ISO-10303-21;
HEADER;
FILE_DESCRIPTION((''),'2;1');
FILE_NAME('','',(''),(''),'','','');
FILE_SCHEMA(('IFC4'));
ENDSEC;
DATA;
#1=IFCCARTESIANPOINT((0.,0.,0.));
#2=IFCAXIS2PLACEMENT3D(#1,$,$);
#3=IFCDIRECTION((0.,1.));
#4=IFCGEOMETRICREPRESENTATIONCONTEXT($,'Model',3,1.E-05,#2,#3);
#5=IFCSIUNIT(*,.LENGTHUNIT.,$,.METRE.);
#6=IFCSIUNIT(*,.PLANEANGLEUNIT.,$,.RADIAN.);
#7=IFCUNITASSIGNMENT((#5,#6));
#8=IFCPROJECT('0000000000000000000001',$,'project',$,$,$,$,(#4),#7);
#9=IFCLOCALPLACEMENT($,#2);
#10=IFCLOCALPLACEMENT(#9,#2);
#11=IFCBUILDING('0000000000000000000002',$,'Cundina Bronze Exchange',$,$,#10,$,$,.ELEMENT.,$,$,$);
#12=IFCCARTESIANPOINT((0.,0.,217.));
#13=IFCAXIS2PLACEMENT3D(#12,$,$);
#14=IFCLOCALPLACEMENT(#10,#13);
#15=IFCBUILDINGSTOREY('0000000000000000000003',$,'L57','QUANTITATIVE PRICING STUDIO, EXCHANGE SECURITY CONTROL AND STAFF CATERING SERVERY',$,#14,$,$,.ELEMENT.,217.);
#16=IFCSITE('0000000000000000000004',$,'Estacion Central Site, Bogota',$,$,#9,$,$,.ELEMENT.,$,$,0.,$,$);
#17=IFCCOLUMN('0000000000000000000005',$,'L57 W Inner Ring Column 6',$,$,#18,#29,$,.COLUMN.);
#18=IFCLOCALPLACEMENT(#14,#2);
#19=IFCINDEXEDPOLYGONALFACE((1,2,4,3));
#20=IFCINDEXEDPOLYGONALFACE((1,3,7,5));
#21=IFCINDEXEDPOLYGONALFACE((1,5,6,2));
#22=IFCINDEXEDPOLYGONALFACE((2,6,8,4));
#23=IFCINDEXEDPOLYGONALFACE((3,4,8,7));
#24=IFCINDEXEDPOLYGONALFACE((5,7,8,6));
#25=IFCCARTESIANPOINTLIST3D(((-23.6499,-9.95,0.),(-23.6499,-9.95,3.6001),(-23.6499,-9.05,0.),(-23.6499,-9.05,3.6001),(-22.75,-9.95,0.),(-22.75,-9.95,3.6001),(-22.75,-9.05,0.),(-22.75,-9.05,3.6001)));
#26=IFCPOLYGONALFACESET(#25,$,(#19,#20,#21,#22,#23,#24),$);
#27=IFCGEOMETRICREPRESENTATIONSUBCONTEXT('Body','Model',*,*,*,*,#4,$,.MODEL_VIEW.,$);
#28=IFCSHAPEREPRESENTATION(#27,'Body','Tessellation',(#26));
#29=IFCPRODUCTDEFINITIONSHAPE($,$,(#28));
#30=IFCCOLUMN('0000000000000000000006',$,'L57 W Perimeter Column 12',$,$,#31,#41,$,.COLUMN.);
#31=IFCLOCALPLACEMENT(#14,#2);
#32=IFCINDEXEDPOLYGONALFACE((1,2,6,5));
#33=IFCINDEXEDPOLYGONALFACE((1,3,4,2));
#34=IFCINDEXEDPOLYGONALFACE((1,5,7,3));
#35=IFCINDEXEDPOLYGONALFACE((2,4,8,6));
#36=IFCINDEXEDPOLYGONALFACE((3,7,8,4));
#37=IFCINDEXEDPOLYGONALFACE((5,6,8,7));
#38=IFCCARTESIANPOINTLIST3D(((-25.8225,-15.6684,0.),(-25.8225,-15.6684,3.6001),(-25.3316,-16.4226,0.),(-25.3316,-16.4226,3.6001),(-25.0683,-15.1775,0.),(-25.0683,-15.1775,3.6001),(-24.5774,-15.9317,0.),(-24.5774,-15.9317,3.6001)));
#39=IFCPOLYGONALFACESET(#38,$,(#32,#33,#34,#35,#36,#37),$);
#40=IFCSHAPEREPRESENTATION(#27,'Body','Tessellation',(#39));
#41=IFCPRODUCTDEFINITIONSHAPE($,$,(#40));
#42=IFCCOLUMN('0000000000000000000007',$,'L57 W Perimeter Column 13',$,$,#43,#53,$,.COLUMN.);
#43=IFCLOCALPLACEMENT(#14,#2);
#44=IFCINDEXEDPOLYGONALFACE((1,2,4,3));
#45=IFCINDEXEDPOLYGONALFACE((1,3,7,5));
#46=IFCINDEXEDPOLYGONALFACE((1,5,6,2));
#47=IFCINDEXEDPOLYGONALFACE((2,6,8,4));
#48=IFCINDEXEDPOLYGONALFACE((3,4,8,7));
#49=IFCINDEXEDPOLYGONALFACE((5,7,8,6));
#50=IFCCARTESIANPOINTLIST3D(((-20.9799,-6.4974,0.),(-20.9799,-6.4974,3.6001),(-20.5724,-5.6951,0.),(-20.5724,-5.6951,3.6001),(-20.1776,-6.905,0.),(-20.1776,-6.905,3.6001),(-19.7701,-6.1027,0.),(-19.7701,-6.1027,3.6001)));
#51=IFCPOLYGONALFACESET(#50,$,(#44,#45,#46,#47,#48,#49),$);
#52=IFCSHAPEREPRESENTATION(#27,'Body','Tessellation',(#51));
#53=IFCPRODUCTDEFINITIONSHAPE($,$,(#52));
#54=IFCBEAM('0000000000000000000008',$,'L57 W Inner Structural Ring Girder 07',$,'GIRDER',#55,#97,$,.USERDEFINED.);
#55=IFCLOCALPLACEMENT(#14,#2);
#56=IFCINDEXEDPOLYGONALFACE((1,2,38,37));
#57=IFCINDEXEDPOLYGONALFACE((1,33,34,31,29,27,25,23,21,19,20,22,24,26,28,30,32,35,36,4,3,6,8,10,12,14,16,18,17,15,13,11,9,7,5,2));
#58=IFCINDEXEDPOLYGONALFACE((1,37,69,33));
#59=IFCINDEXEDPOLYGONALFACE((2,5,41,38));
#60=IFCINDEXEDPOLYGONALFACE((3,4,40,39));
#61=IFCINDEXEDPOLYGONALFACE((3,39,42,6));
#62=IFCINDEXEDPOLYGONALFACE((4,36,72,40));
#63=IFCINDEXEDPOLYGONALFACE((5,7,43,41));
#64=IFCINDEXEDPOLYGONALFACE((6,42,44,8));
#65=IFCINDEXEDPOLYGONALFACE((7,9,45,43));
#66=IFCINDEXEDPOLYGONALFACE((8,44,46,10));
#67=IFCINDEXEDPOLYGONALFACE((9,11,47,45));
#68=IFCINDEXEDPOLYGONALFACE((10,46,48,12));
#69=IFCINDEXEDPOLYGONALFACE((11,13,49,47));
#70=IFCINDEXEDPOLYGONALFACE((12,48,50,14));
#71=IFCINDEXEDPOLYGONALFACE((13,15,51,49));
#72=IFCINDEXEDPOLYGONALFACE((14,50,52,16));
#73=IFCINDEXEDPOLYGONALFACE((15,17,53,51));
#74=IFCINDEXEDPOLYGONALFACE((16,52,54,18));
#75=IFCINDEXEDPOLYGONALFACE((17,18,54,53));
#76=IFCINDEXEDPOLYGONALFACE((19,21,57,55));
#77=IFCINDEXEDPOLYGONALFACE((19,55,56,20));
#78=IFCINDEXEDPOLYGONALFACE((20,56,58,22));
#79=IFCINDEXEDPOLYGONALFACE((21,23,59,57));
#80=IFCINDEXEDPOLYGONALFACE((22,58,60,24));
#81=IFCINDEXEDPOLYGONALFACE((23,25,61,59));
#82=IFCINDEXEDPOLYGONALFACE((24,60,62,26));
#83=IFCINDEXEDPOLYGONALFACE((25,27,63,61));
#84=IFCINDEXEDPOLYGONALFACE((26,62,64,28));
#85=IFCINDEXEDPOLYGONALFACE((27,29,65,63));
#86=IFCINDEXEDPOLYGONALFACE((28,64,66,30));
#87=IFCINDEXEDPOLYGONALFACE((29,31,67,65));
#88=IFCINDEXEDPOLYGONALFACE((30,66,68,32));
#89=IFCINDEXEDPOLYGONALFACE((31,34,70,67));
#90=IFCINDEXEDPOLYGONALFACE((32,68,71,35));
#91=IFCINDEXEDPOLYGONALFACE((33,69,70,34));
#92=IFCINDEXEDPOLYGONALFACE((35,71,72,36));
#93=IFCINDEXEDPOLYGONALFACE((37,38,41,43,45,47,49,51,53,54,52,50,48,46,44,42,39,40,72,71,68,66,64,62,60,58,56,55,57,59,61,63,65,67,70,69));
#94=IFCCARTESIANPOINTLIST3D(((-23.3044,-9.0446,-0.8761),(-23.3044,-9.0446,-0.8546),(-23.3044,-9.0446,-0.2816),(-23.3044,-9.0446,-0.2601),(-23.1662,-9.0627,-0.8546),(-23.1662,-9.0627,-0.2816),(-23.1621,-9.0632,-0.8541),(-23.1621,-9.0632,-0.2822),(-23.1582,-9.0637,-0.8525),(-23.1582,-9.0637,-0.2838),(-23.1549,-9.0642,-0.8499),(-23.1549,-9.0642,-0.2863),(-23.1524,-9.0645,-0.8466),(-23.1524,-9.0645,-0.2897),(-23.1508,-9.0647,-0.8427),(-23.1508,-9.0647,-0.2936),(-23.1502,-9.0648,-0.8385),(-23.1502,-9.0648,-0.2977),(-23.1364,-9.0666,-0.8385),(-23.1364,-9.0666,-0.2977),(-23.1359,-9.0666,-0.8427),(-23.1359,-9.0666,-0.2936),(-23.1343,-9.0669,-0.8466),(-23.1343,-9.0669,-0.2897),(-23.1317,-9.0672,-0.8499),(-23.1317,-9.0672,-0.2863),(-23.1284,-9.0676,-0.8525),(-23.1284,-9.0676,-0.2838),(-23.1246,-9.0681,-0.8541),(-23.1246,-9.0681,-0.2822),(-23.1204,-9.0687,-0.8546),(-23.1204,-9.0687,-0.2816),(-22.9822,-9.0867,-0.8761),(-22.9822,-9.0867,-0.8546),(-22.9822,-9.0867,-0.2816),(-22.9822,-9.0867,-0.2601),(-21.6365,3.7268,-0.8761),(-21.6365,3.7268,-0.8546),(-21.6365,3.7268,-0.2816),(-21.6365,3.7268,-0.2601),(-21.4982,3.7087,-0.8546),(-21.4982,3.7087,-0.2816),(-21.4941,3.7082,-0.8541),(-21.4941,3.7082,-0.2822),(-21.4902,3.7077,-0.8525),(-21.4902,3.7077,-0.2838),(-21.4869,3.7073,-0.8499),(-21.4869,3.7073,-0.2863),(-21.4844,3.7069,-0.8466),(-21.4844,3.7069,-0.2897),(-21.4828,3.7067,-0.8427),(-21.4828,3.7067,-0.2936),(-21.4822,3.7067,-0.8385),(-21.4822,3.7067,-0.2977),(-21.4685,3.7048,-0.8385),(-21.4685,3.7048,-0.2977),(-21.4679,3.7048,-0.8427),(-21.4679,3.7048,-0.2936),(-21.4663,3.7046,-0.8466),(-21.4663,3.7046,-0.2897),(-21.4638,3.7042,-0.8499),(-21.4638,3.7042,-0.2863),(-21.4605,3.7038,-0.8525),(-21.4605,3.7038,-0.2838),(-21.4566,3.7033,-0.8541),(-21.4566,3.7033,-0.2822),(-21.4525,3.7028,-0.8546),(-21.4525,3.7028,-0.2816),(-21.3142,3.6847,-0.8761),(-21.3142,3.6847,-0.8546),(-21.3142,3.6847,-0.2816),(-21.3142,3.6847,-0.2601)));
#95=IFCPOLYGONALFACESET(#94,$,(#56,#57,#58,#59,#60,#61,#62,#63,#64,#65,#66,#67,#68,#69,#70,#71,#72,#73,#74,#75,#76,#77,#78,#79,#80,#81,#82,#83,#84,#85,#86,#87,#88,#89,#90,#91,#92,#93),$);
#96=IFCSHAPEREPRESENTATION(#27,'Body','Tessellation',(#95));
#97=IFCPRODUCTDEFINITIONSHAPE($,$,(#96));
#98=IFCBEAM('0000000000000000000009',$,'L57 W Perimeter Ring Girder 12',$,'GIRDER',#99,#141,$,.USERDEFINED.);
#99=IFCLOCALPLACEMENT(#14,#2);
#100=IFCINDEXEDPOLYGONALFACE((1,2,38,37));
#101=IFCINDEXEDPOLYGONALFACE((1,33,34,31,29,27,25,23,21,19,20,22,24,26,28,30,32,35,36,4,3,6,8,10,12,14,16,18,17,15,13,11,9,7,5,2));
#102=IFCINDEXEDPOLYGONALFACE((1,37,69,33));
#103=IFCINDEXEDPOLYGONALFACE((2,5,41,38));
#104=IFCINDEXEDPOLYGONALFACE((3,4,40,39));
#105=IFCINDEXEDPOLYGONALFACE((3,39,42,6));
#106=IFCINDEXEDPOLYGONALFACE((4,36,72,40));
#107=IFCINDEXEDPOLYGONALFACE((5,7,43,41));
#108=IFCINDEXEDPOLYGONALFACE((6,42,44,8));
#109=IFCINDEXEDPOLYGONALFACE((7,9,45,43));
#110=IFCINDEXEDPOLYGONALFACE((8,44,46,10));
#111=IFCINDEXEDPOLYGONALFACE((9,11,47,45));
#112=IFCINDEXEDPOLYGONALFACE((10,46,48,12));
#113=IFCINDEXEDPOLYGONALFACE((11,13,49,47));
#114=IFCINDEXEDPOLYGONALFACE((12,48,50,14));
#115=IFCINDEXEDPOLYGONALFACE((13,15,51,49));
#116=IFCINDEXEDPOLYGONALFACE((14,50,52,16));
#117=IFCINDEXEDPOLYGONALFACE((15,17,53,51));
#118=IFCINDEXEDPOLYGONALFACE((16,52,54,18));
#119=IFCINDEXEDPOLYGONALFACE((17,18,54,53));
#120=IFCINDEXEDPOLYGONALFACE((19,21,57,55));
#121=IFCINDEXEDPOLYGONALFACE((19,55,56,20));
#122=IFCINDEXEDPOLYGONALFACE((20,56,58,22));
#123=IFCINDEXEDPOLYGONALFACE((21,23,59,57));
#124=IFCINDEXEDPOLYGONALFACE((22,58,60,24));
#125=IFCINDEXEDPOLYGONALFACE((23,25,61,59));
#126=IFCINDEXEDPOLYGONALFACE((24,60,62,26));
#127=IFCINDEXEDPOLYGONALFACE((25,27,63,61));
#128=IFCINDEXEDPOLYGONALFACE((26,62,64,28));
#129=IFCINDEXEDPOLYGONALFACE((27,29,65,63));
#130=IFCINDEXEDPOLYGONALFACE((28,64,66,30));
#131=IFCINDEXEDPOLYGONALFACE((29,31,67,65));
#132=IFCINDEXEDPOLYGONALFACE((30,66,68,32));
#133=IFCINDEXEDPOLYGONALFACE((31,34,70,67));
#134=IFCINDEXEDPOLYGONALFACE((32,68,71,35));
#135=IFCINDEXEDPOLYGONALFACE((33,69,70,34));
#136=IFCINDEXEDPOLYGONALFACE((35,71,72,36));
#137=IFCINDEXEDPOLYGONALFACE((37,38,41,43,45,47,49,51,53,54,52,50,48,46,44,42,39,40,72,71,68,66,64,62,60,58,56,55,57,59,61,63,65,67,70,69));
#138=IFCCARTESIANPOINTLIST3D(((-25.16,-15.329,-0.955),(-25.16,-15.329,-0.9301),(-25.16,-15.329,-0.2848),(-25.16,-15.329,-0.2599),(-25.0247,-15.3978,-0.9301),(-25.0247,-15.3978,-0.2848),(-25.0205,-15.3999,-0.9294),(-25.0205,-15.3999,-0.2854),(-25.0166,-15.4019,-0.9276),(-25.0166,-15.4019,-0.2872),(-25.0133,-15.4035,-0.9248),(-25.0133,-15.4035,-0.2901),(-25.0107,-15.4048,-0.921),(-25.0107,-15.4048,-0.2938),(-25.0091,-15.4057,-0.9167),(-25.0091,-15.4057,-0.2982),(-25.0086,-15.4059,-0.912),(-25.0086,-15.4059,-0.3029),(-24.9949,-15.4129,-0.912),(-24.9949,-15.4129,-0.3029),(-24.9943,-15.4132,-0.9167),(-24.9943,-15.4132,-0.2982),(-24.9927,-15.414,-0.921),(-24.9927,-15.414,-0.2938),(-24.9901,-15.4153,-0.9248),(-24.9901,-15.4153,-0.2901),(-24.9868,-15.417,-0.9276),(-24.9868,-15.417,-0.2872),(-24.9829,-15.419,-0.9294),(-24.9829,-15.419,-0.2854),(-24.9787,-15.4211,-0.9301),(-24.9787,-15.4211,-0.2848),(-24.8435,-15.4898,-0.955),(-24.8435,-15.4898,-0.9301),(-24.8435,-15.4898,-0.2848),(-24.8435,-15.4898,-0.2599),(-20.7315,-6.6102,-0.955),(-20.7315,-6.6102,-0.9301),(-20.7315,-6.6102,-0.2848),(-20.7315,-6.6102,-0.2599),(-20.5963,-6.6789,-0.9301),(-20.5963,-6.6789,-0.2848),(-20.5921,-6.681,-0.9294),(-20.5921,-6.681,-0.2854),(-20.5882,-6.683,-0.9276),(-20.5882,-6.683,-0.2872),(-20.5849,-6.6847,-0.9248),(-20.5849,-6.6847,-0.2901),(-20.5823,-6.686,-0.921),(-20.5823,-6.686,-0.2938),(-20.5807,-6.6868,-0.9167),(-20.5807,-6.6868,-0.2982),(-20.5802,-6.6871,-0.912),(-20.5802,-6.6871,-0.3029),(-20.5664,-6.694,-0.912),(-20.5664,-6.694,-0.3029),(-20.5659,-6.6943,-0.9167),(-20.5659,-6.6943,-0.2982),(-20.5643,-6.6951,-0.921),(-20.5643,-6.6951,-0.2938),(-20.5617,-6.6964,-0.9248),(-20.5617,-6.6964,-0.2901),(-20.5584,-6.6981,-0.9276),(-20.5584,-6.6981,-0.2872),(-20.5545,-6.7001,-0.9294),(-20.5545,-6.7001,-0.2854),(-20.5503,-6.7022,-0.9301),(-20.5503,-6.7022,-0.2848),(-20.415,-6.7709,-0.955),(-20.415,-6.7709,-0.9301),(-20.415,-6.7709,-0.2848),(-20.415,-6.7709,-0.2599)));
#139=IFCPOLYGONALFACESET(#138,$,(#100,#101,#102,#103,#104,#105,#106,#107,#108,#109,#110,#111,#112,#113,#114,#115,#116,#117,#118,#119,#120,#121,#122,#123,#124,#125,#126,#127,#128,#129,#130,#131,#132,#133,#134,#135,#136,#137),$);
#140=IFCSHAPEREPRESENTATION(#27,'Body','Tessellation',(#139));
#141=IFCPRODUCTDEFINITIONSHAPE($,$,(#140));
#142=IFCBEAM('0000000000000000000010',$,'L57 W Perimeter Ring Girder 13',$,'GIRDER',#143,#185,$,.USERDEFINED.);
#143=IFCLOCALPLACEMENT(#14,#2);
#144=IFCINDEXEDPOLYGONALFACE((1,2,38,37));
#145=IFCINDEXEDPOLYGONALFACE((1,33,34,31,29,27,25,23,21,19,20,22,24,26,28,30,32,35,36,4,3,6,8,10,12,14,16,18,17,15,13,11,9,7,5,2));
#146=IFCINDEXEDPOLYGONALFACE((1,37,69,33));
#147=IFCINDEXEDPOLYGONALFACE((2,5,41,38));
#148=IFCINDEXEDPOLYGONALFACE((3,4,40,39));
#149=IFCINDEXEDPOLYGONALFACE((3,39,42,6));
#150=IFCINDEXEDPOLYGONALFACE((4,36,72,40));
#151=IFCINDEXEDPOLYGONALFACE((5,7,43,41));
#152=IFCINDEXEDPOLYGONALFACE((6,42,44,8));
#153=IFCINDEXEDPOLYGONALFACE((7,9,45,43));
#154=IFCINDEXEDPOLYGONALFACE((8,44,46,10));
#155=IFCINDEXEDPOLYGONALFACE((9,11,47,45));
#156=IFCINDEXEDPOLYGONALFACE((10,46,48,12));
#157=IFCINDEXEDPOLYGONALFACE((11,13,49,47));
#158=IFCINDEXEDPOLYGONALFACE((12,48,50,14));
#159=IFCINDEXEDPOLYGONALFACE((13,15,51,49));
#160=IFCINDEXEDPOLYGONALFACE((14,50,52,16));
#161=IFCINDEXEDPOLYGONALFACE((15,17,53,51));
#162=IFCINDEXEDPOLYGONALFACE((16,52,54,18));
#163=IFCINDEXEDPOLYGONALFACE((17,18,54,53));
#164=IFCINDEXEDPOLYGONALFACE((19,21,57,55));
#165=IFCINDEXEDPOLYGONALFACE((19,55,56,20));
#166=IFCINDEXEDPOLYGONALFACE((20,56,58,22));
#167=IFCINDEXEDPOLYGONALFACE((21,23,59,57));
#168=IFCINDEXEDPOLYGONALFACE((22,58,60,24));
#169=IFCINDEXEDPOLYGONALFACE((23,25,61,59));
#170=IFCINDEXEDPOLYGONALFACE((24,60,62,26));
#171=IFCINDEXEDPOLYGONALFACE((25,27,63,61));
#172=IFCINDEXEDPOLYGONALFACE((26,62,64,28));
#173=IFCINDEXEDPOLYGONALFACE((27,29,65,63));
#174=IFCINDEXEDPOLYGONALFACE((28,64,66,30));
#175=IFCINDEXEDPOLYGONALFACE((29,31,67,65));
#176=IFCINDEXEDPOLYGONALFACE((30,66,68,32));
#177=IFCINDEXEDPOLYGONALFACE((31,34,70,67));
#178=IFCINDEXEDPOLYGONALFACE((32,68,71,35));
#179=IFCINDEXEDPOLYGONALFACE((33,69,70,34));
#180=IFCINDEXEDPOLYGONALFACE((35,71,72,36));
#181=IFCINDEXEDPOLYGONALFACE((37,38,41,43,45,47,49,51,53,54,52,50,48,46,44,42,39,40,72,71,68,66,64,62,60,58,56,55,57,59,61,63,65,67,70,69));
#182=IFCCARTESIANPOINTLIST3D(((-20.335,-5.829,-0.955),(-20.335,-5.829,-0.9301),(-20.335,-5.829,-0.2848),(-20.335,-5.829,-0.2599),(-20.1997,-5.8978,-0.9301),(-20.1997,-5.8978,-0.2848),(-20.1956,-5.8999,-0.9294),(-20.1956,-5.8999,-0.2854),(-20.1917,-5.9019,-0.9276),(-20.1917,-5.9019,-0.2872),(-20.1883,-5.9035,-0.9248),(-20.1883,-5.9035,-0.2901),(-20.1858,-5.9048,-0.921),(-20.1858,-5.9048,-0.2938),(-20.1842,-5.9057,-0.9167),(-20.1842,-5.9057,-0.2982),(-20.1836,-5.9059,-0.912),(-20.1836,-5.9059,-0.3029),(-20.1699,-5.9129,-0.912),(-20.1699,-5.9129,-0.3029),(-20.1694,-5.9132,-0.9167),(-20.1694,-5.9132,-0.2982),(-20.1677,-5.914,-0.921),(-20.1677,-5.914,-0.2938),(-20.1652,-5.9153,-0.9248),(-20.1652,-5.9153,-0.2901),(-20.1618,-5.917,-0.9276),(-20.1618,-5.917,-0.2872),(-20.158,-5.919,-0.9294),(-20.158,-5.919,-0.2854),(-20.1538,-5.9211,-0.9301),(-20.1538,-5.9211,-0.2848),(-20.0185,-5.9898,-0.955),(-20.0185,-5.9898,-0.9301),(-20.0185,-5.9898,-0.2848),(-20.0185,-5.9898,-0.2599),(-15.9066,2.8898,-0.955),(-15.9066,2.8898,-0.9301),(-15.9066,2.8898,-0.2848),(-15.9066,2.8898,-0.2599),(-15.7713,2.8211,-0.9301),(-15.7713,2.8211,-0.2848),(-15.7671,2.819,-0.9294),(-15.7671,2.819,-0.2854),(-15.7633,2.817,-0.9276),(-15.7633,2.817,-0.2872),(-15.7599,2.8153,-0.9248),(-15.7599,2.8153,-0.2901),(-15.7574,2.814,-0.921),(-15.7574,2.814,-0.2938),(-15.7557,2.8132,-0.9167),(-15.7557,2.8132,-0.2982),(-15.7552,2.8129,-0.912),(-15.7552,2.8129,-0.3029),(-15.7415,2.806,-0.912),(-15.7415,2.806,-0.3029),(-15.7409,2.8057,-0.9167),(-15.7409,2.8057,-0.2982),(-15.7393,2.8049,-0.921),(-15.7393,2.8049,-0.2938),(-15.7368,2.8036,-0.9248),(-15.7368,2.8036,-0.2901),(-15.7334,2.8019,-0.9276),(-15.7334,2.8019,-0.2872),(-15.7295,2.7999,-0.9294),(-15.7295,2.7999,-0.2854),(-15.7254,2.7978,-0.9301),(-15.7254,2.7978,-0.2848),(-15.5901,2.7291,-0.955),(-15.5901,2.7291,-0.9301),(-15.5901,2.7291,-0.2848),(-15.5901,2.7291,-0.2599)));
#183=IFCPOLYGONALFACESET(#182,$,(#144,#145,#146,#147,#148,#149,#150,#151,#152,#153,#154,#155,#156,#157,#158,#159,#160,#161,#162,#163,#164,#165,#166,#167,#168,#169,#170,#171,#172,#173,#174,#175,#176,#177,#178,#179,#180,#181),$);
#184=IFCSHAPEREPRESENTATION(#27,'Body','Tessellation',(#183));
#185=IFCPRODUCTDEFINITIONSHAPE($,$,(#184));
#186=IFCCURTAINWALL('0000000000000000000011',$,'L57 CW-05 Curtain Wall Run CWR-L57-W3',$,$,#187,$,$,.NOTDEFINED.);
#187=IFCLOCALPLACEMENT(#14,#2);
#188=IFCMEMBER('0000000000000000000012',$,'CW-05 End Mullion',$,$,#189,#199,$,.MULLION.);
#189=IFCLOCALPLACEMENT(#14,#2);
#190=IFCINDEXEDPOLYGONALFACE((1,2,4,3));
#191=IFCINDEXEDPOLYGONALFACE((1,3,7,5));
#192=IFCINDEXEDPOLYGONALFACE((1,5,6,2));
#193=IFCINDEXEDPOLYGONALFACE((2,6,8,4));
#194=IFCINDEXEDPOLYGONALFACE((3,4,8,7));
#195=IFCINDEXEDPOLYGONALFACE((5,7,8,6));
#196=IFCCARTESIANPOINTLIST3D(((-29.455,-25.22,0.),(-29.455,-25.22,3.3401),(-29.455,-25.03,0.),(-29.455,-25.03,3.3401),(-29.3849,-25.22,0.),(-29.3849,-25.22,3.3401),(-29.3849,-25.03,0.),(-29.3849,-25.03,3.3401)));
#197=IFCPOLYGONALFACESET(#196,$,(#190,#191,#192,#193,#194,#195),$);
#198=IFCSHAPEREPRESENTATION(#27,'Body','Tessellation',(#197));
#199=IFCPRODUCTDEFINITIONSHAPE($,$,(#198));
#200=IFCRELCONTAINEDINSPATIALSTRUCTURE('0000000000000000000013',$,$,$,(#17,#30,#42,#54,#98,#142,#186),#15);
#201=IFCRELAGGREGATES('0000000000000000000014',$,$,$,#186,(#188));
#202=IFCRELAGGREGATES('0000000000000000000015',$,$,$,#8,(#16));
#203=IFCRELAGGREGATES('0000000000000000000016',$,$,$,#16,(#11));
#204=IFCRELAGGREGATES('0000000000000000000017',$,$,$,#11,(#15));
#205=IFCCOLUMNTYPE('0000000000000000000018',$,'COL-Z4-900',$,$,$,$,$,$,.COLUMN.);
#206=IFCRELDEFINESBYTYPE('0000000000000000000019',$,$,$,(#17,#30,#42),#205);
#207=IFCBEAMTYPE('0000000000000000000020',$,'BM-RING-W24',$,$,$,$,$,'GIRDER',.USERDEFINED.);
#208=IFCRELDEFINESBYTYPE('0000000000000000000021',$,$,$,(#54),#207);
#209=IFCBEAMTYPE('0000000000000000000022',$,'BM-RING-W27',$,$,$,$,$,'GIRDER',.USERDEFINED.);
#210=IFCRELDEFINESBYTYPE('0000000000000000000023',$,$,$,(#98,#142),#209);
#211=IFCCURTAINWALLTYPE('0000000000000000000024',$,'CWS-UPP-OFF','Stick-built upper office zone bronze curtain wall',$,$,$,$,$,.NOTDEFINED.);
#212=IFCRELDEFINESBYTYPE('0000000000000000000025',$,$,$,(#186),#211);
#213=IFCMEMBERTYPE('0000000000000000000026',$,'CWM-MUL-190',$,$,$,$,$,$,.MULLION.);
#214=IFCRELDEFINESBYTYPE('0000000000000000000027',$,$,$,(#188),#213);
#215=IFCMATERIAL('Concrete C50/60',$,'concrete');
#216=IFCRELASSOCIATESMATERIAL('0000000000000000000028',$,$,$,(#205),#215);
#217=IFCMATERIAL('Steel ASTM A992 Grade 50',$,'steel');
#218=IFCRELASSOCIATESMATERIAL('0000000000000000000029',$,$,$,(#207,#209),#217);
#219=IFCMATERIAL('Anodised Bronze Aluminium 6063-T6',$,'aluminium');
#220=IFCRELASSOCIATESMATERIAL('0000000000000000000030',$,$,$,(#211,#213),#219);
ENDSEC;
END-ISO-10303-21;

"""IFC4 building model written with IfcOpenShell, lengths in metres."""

from ifc_helpers import new_model, si_unit, direction, frame, origin, origin_2d, place, context, subcontext, project, spatial, rectangle, i_section, extrude, material, material_profile, profile_set, type_object, element, aggregate, save


model = new_model("IFC4")

# Units and contexts
model_context = context("Model", 3, precision=1e-05, world=origin(), true_north=direction((0.0, 1.0)))
body_context = subcontext(model_context, "Body", "Model", "MODEL_VIEW")
ifc_project = project(units=[si_unit("LENGTHUNIT", "METRE"), si_unit("PLANEANGLEUNIT", "RADIAN")], contexts=[model_context])

# Site, building, storey
site_placement = place(None, origin())
site = spatial("IfcSite", under=ifc_project, at=site_placement, Name="Estacion Central Site, Bogota", CompositionType="ELEMENT", RefElevation=0.0)
building_placement = place(site_placement, origin())
building = spatial("IfcBuilding", under=site, at=building_placement, Name="Cundina Bronze Exchange", CompositionType="ELEMENT")
storey_placement = place(building_placement, frame((0.0, 0.0, 217.0)))
storey = spatial("IfcBuildingStorey", under=building, at=storey_placement, Name="L57", Description="QUANTITATIVE PRICING STUDIO, EXCHANGE SECURITY CONTROL AND STAFF CATERING SERVERY", CompositionType="ELEMENT", Elevation=217.0)

# Columns
ifc_material_1 = material(Name="Concrete C50/60", Category="concrete")
ifc_material_profile_1 = material_profile(ifc_material_1, rectangle(XDim=0.8999, YDim=0.8999, at=origin_2d()), Name="RC900X900", Category="concrete")
ifc_profile_set_1 = profile_set([ifc_material_profile_1], Name="Concrete C50/60")
column_type = type_object("IfcColumnType", Name="COL-Z4-900", PredefinedType="COLUMN", material=ifc_profile_set_1)
for number, where, z_axis, x_axis, name in (
    (1, (-23.2, -9.5, 0.0), (0.0, 0.0, 1.0), (1.0, 0.0, 0.0), "L57 W Inner Ring Column 6"),
    (2, (-25.2, -15.8, 0.0), (0.0, 0.0, 1.0), (0.8381, 0.545517, 0.0), "L57 W Perimeter Column 12"),
    (3, (-20.375, -6.3, 0.0), (0.0, 0.0, 1.0), (0.452902, 0.891561, 0.0), "L57 W Perimeter Column 13"),
):
    element("IfcColumn", number, at=place(storey_placement, frame(where, z_axis=z_axis, x_axis=x_axis)), inside=storey, type_object=column_type, Name=name, PredefinedType="COLUMN", context=body_context, shape_type="SweptSolid", body=[
        extrude(rectangle(XDim=0.8999, YDim=0.8999, at=origin_2d()), origin(), (0.0, 0.0, 1.0), 3.6001),
    ])

# Beams
ifc_material_2 = material(Name="Steel ASTM A992 Grade 50", Category="steel")
ifc_material_profile_2 = material_profile(ifc_material_2, i_section(OverallWidth=0.325, OverallDepth=0.616, WebThickness=0.0139, FlangeThickness=0.0215, FilletRadius=0.0161, at=origin_2d()), Name="W24X117", Category="steel")
ifc_profile_set_2 = profile_set([ifc_material_profile_2], Name="Steel ASTM A992 Grade 50")
beam_type_1 = type_object("IfcBeamType", Name="BM-RING-W24", ElementType="GIRDER", PredefinedType="USERDEFINED", material=ifc_profile_set_2)
beam_placement = place(storey_placement, frame((-23.1433, -9.0657, -0.5681), z_axis=(0.129501, 0.991579, 0.0), x_axis=(-0.991579, 0.129501, 0.0)))
element("IfcBeam", 4, at=beam_placement, inside=storey, type_object=beam_type_1, Name="L57 W Inner Structural Ring Girder 07", ObjectType="GIRDER", PredefinedType="USERDEFINED", context=body_context, shape_type="SweptSolid", body=[
    extrude(i_section(OverallWidth=0.325, OverallDepth=0.616, WebThickness=0.0139, FlangeThickness=0.0215, FilletRadius=0.0161, at=origin_2d()), origin(), (0.0, 0.0, 1.0), 12.8799),
])
ifc_material_profile_3 = material_profile(ifc_material_2, i_section(OverallWidth=0.355, OverallDepth=0.6951, WebThickness=0.0154, FlangeThickness=0.0249, FilletRadius=0.0181, at=origin_2d()), Name="W27X146", Category="steel")
ifc_profile_set_3 = profile_set([ifc_material_profile_3], Name="Steel ASTM A992 Grade 50")
beam_type_2 = type_object("IfcBeamType", Name="BM-RING-W27", ElementType="GIRDER", PredefinedType="USERDEFINED", material=ifc_profile_set_3)
for number, where, z_axis, x_axis, name in (
    (5, (-25.0017, -15.4094, -0.6074), (0.452847, 0.891588, 0.0), (-0.891588, 0.452847, 0.0), "L57 W Perimeter Ring Girder 12"),
    (6, (-20.1768, -5.9094, -0.6074), (0.452847, 0.891588, 0.0), (-0.891588, 0.452847, 0.0), "L57 W Perimeter Ring Girder 13"),
):
    element("IfcBeam", number, at=place(storey_placement, frame(where, z_axis=z_axis, x_axis=x_axis)), inside=storey, type_object=beam_type_2, Name=name, ObjectType="GIRDER", PredefinedType="USERDEFINED", context=body_context, shape_type="SweptSolid", body=[
        extrude(i_section(OverallWidth=0.355, OverallDepth=0.6951, WebThickness=0.0154, FlangeThickness=0.0249, FilletRadius=0.0181, at=origin_2d()), origin(), (0.0, 0.0, 1.0), 9.7791),
    ])

# Curtain wall, member
ifc_material_3 = material(Name="Anodised Bronze Aluminium 6063-T6", Category="aluminium")
curtain_wall_type = type_object("IfcCurtainWallType", Name="CWS-UPP-OFF", Description="Stick-built upper office zone bronze curtain wall", PredefinedType="NOTDEFINED", material=ifc_material_3)
curtain_wall_1_placement = place(storey_placement, origin())
curtain_wall_1 = element("IfcCurtainWall", 7, at=curtain_wall_1_placement, inside=storey, type_object=curtain_wall_type, Name="L57 CW-05 Curtain Wall Run CWR-L57-W3", PredefinedType="NOTDEFINED")
ifc_material_profile_4 = material_profile(ifc_material_3, rectangle(XDim=0.0701, YDim=0.1899, at=origin_2d()), Name="AL70X190", Category="aluminium")
ifc_profile_set_4 = profile_set([ifc_material_profile_4], Name="Anodised Bronze Aluminium 6063-T6")
member_type_1 = type_object("IfcMemberType", Name="CWM-MUL-190", PredefinedType="MULLION", material=ifc_profile_set_4)
member_1_placement = place(storey_placement, frame((-29.4199, -25.125, 0.0), z_axis=(0.0, 0.0, 1.0), x_axis=(1.0, 0.0, 0.0)))
member_1 = element("IfcMember", 8, at=member_1_placement, type_object=member_type_1, Name="CW-05 End Mullion", PredefinedType="MULLION", context=body_context, shape_type="SweptSolid", body=[
    extrude(rectangle(XDim=0.0701, YDim=0.1899, at=origin_2d()), origin(), (0.0, 0.0, 1.0), 3.3401),
])
aggregate(curtain_wall_1, [member_1])

save(model, "model.ifc")
